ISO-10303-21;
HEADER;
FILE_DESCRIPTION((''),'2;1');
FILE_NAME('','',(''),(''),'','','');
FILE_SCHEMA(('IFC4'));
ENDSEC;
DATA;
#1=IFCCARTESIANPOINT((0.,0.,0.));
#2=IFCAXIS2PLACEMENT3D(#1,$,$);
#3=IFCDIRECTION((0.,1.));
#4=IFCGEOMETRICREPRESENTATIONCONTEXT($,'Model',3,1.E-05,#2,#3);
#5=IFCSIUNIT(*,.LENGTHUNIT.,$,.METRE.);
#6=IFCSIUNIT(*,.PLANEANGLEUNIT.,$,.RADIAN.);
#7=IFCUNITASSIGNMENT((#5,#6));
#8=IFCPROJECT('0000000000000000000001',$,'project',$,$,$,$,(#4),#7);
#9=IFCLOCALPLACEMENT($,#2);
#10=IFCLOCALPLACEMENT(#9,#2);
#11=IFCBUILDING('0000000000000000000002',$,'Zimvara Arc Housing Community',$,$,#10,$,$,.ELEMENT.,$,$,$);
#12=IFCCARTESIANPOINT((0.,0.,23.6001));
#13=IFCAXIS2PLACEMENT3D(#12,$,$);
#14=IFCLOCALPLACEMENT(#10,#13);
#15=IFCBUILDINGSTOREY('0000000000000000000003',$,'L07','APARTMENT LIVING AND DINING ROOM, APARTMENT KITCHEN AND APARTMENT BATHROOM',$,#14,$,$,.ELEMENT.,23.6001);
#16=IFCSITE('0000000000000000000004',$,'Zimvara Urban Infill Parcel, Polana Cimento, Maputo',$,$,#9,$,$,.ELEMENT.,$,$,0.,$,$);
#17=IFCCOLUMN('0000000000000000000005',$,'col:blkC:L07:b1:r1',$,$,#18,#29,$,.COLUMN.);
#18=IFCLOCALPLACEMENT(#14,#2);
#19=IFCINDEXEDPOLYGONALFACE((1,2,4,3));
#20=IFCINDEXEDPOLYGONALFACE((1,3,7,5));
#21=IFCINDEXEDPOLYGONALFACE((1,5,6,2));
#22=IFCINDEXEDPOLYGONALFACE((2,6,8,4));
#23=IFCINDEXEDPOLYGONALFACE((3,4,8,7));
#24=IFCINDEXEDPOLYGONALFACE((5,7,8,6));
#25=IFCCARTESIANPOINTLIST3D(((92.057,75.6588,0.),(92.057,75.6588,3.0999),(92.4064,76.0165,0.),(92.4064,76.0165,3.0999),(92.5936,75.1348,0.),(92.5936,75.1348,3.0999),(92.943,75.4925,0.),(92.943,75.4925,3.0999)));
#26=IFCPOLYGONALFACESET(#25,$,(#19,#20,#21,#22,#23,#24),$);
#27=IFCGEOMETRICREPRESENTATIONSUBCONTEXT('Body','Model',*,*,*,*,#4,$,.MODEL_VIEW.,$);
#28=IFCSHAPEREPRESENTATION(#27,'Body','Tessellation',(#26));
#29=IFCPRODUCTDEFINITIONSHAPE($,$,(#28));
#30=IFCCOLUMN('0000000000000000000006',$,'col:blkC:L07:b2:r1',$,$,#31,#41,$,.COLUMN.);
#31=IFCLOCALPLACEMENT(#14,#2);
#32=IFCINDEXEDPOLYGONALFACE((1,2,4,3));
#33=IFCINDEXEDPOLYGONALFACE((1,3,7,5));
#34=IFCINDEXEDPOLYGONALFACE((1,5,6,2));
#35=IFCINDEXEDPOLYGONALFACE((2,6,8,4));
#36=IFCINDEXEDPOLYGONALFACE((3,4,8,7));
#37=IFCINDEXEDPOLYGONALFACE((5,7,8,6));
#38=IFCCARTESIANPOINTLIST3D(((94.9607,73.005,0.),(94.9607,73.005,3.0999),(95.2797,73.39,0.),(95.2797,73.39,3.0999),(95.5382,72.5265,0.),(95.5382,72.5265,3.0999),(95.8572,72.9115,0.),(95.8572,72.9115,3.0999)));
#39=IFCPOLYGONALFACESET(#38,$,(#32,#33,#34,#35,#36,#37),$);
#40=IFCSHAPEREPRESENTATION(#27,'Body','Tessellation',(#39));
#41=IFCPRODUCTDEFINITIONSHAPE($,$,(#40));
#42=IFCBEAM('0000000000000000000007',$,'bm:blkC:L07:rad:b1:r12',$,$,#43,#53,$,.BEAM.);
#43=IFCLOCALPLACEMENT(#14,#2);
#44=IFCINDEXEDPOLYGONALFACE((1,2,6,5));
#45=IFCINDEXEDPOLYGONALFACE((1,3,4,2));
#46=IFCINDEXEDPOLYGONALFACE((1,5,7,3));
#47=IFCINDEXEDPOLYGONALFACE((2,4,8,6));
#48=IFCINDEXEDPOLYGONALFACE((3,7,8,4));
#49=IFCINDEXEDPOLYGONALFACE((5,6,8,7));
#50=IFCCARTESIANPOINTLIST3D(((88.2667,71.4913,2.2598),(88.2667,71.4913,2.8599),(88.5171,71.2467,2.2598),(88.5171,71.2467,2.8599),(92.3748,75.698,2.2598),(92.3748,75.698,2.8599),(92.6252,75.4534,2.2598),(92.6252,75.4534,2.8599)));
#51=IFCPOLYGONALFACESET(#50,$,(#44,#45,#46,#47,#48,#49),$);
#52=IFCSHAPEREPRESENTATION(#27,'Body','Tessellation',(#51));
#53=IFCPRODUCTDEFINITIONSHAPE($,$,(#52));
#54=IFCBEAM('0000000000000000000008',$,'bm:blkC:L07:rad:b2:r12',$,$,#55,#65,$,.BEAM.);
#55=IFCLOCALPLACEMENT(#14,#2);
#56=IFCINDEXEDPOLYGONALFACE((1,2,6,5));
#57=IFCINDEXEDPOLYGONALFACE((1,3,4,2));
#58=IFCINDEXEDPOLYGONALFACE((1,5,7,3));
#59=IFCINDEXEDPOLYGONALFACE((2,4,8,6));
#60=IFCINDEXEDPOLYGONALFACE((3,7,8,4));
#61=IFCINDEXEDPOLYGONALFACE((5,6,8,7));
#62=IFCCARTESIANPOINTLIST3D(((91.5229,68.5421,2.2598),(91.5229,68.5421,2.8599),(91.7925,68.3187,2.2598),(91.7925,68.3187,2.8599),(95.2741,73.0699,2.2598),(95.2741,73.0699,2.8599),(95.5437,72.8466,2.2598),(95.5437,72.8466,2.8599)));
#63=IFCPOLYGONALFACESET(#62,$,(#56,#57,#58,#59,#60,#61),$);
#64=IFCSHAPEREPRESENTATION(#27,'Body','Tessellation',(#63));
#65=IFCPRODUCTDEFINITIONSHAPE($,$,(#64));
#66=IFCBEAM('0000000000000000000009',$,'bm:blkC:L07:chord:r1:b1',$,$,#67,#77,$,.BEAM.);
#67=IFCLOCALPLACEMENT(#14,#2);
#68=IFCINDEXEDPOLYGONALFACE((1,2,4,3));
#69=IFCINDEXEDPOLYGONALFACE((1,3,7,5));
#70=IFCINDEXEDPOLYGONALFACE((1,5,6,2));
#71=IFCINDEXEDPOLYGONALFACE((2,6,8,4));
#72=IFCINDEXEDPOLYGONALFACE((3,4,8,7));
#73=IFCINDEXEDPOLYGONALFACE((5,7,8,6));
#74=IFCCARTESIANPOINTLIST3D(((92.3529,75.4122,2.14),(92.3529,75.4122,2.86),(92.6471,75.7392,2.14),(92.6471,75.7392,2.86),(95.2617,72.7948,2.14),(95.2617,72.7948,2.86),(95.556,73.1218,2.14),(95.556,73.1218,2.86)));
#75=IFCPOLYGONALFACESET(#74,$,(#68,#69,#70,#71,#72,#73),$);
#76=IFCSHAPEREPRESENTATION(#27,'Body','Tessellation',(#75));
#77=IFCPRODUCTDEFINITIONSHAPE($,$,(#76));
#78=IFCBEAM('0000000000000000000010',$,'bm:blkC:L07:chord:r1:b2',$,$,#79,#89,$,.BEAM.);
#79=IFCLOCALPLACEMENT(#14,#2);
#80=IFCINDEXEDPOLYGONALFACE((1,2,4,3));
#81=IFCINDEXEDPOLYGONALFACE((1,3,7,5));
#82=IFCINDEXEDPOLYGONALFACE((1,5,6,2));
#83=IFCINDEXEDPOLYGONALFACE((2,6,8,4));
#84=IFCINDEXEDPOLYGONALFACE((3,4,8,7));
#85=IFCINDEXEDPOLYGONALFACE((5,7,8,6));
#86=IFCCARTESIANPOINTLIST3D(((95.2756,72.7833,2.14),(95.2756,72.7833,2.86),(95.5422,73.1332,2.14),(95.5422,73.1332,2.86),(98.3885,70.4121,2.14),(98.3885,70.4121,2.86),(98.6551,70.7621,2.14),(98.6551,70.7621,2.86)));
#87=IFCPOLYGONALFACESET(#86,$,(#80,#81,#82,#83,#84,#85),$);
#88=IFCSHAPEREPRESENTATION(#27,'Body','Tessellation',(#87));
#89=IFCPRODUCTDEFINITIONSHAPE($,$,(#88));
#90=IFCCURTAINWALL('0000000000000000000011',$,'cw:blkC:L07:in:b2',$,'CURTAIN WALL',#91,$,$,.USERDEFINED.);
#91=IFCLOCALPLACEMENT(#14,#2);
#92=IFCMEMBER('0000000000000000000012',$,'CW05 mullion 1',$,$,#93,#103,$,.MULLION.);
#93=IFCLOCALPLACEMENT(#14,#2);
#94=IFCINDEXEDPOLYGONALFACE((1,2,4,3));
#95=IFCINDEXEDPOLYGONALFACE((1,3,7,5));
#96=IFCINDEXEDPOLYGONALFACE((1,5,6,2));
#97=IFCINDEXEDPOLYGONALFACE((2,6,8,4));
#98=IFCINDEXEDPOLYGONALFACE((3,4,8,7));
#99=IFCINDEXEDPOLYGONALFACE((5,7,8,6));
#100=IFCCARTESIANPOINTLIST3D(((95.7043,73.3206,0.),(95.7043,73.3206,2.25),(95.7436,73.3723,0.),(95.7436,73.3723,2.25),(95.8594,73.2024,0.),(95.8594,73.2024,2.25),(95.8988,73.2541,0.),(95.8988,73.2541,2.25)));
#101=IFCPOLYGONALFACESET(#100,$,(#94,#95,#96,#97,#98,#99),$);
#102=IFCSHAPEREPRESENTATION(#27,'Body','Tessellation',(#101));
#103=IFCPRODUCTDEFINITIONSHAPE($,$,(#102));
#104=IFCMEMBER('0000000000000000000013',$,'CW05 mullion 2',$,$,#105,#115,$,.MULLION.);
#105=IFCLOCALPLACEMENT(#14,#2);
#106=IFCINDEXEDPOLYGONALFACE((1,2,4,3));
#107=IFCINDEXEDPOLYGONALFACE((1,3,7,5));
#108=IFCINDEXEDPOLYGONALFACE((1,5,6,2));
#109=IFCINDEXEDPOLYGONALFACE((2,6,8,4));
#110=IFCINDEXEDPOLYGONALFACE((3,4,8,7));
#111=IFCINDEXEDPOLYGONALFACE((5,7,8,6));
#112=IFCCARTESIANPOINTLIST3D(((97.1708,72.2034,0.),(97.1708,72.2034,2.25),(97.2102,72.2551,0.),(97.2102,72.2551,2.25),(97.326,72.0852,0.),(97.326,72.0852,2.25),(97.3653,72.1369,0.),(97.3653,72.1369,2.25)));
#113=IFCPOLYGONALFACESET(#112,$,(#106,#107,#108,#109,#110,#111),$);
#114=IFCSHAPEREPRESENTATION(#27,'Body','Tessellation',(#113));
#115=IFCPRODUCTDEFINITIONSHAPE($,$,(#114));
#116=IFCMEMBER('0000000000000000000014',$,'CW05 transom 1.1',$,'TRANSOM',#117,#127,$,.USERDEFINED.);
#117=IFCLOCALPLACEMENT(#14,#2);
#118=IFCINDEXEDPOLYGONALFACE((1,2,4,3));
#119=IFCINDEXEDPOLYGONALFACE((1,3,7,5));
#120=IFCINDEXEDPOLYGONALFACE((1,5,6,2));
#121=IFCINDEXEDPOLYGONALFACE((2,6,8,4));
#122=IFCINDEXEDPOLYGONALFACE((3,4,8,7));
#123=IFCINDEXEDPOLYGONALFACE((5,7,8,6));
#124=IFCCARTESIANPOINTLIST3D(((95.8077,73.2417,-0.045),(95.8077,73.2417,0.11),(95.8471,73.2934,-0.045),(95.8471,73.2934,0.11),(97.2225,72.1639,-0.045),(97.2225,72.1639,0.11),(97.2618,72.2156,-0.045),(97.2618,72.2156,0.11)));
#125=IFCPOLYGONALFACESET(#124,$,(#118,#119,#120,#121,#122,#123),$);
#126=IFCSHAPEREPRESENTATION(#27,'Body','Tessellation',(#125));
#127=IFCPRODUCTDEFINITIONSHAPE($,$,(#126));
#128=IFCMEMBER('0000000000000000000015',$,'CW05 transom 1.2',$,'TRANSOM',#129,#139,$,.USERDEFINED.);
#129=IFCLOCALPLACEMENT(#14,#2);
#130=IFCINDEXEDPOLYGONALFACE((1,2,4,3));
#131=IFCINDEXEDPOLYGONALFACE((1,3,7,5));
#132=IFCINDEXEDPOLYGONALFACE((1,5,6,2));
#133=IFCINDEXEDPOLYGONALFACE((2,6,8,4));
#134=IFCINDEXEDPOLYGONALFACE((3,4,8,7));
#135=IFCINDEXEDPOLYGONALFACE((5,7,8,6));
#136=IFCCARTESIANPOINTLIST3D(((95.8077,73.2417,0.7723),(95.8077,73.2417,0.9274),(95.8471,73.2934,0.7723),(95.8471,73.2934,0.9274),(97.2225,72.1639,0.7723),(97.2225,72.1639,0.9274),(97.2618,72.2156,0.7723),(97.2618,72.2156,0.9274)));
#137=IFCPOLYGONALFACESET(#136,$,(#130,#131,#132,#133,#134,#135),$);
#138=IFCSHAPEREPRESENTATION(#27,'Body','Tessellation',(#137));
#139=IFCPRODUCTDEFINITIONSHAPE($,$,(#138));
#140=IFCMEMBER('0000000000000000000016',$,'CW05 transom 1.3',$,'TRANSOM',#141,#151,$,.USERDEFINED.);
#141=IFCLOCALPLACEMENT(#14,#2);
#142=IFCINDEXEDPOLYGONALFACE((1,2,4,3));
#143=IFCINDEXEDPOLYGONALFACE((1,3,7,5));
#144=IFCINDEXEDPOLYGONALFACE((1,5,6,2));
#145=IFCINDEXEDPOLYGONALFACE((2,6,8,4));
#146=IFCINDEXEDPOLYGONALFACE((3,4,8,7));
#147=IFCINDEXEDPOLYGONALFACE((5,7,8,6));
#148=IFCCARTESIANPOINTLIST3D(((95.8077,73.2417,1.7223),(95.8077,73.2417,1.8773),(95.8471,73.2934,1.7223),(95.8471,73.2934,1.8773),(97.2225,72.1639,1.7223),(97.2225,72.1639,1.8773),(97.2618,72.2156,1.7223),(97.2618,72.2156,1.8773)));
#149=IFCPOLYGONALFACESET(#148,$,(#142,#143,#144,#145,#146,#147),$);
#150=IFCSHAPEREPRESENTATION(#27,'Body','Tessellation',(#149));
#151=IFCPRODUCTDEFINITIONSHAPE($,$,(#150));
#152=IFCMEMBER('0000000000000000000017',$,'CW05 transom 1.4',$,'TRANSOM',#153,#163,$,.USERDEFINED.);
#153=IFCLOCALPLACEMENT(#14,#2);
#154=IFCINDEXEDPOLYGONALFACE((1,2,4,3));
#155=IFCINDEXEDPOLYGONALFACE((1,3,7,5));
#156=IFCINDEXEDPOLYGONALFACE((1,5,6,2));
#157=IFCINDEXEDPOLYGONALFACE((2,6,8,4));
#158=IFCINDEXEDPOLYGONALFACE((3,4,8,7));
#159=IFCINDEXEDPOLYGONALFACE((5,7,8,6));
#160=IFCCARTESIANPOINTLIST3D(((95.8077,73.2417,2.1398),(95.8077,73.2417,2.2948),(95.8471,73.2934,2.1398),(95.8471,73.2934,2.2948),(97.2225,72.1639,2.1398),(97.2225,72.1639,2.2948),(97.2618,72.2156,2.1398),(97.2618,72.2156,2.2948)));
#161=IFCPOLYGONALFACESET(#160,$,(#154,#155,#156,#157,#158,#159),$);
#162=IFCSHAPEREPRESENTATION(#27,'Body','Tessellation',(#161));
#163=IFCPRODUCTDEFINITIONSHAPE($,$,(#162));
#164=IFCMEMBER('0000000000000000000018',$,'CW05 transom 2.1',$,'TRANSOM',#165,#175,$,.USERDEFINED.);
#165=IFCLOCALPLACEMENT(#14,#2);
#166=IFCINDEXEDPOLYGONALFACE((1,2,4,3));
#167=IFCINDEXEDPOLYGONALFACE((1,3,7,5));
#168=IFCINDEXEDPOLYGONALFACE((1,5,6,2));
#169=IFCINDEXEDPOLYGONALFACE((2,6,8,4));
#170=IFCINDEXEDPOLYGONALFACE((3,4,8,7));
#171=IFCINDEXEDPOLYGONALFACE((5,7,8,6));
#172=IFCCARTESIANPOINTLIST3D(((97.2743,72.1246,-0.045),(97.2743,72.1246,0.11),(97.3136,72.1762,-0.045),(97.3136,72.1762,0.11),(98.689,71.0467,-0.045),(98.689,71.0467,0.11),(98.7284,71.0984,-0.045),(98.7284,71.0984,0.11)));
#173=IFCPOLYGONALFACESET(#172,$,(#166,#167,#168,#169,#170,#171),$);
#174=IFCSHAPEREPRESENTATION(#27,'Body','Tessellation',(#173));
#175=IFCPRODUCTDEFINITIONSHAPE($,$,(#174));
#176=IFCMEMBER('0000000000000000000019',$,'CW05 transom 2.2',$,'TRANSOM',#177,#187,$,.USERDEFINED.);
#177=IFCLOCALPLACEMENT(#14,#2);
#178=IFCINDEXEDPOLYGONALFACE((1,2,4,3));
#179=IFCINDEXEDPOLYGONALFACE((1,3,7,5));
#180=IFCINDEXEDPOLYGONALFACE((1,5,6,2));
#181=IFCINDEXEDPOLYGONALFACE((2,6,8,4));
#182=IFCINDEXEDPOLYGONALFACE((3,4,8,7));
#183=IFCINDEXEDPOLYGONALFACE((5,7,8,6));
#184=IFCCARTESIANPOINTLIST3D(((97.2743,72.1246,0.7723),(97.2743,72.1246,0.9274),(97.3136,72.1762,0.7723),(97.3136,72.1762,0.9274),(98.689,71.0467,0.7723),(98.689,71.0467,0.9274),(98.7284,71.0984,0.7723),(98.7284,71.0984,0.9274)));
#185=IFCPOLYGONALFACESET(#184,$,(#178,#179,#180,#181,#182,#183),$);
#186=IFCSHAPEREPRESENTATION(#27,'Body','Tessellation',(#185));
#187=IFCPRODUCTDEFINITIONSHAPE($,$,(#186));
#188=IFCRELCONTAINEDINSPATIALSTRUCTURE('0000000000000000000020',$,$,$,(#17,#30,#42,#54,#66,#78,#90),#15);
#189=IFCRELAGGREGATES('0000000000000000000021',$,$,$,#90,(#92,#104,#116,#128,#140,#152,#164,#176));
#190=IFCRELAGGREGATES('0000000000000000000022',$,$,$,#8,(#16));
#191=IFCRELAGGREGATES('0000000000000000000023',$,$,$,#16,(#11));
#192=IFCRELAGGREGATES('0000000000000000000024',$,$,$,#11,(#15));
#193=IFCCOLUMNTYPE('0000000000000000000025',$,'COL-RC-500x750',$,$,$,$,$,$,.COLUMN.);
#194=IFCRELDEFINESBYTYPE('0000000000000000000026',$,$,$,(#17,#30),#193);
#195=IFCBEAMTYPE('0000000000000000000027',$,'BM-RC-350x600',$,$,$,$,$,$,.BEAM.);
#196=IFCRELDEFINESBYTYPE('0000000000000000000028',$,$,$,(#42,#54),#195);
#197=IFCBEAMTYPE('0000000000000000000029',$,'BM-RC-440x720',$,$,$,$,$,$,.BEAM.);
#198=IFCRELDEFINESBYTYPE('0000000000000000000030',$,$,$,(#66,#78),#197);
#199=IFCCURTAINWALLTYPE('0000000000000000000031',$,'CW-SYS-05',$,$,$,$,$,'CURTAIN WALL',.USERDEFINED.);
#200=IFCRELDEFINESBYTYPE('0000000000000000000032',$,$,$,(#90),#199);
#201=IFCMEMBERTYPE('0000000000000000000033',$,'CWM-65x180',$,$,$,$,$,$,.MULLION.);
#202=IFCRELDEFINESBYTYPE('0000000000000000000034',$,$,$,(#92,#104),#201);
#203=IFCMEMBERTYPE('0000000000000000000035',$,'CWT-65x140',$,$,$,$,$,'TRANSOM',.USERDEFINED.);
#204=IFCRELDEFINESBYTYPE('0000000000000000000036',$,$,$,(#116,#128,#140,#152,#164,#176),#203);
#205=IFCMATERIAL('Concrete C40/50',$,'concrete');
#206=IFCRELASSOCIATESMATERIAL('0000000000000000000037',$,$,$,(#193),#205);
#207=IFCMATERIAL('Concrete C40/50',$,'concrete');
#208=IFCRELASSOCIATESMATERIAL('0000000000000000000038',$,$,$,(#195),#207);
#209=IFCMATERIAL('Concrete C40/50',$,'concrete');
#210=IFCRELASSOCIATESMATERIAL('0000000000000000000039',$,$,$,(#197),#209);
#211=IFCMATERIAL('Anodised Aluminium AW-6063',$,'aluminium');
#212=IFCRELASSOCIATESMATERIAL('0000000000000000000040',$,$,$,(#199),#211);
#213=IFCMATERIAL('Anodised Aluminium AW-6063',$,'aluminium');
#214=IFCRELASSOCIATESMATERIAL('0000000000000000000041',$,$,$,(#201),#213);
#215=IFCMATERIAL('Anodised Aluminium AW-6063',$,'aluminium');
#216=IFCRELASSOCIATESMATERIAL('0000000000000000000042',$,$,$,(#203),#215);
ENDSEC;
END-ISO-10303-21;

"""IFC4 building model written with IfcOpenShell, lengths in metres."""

from ifc_helpers import new_model, si_unit, direction, frame, origin, origin_2d, place, context, subcontext, project, spatial, rectangle, extrude, material, material_profile, profile_set, type_object, element, aggregate, save


model = new_model("IFC4")

# Units and contexts
model_context = context("Model", 3, precision=1e-05, world=origin(), true_north=direction((0.0, 1.0)))
body_context = subcontext(model_context, "Body", "Model", "MODEL_VIEW")
ifc_project = project(units=[si_unit("LENGTHUNIT", "METRE"), si_unit("PLANEANGLEUNIT", "RADIAN")], contexts=[model_context])

# Site, building, storey
site_placement = place(None, origin())
site = spatial("IfcSite", under=ifc_project, at=site_placement, Name="Zimvara Urban Infill Parcel, Polana Cimento, Maputo", CompositionType="ELEMENT", RefElevation=0.0)
building_placement = place(site_placement, origin())
building = spatial("IfcBuilding", under=site, at=building_placement, Name="Zimvara Arc Housing Community", CompositionType="ELEMENT")
storey_placement = place(building_placement, frame((0.0, 0.0, 23.6001)))
storey = spatial("IfcBuildingStorey", under=building, at=storey_placement, Name="L07", Description="APARTMENT LIVING AND DINING ROOM, APARTMENT KITCHEN AND APARTMENT BATHROOM", CompositionType="ELEMENT", Elevation=23.6001)

# Columns
ifc_material_1 = material(Name="Concrete C40/50", Category="concrete")
ifc_material_profile_1 = material_profile(ifc_material_1, rectangle(XDim=0.5, YDim=0.75, at=origin_2d()), Name="RC 500x750")
ifc_profile_set_1 = profile_set([ifc_material_profile_1], Name="Concrete C40/50")
column_type = type_object("IfcColumnType", Name="COL-RC-500x750", PredefinedType="COLUMN", material=ifc_profile_set_1)
for number, where, z_axis, x_axis, name in (
    (1, (92.5, 75.5757, 0.0), (0.0, 0.0, 1.0), (-0.698665, -0.715449, 0.0), "col:blkC:L07:b1:r1"),
    (2, (95.4089, 72.9583, 0.0), (0.0, 0.0, 1.0), (-0.637962, -0.770068, 0.0), "col:blkC:L07:b2:r1"),
):
    element("IfcColumn", number, at=place(storey_placement, frame(where, z_axis=z_axis, x_axis=x_axis)), inside=storey, type_object=column_type, Name=name, PredefinedType="COLUMN", context=body_context, shape_type="SweptSolid", body=[
        extrude(rectangle(XDim=0.5, YDim=0.75, at=origin_2d()), origin(), (0.0, 0.0, 1.0), 3.0999),
    ])

# Beams
ifc_material_2 = material(Name="Concrete C40/50", Category="concrete")
ifc_material_profile_2 = material_profile(ifc_material_2, rectangle(XDim=0.3501, YDim=0.6001, at=origin_2d()), Name="RC 350x600")
ifc_profile_set_2 = profile_set([ifc_material_profile_2], Name="Concrete C40/50")
beam_type_1 = type_object("IfcBeamType", Name="BM-RC-350x600", PredefinedType="BEAM", material=ifc_profile_set_2)
for number, where, z_axis, x_axis, name in (
    (3, (92.5, 75.5757, 2.5598), (-0.69867, -0.715444, 0.0), (0.715444, -0.69867, 0.0), "bm:blkC:L07:rad:b1:r12"),
    (4, (95.4089, 72.9583, 2.5598), (-0.637976, -0.770056, 0.0), (0.770056, -0.637976, 0.0), "bm:blkC:L07:rad:b2:r12"),
):
    element("IfcBeam", number, at=place(storey_placement, frame(where, z_axis=z_axis, x_axis=x_axis)), inside=storey, type_object=beam_type_1, Name=name, PredefinedType="BEAM", context=body_context, shape_type="SweptSolid", body=[
        extrude(rectangle(XDim=0.3501, YDim=0.6001, at=origin_2d()), origin(), (0.0, 0.0, 1.0), 5.8799),
    ])
ifc_material_3 = material(Name="Concrete C40/50", Category="concrete")
ifc_material_profile_3 = material_profile(ifc_material_3, rectangle(XDim=0.4399, YDim=0.72, at=origin_2d()), Name="RC 440x720")
ifc_profile_set_3 = profile_set([ifc_material_profile_3], Name="Concrete C40/50")
beam_type_2 = type_object("IfcBeamType", Name="BM-RC-440x720", PredefinedType="BEAM", material=ifc_profile_set_3)
for number, where, z_axis, x_axis, name in (
    (5, (92.5, 75.5757, 2.5), (0.743372, -0.668879, 0.0), (0.668879, 0.743372, 0.0), "bm:blkC:L07:chord:r1:b1"),
    (6, (95.4089, 72.9583, 2.5), (0.7955, -0.605953, 0.0), (0.605953, 0.7955, 0.0), "bm:blkC:L07:chord:r1:b2"),
):
    element("IfcBeam", number, at=place(storey_placement, frame(where, z_axis=z_axis, x_axis=x_axis)), inside=storey, type_object=beam_type_2, Name=name, PredefinedType="BEAM", context=body_context, shape_type="SweptSolid", body=[
        extrude(rectangle(XDim=0.4399, YDim=0.72, at=origin_2d()), origin(), (0.0, 0.0, 1.0), 3.9131),
    ])

# Curtain wall, members
ifc_material_4 = material(Name="Anodised Aluminium AW-6063", Category="aluminium")
curtain_wall_type = type_object("IfcCurtainWallType", Name="CW-SYS-05", ElementType="CURTAIN WALL", PredefinedType="USERDEFINED", material=ifc_material_4)
curtain_wall_placement = place(storey_placement, origin())
curtain_wall = element("IfcCurtainWall", 7, at=curtain_wall_placement, inside=storey, type_object=curtain_wall_type, Name="cw:blkC:L07:in:b2", ObjectType="CURTAIN WALL", PredefinedType="USERDEFINED")
ifc_material_5 = material(Name="Anodised Aluminium AW-6063", Category="aluminium")
ifc_material_profile_4 = material_profile(ifc_material_5, rectangle(XDim=0.0649, YDim=0.1951, at=origin_2d()), Name="ALU 65x195")
ifc_profile_set_4 = profile_set([ifc_material_profile_4], Name="Anodised Aluminium AW-6063")
member_type_1 = type_object("IfcMemberType", Name="CWM-65x180", PredefinedType="MULLION", material=ifc_profile_set_4)
member_1_placement = place(storey_placement, frame((95.8015, 73.2874, 0.0), z_axis=(0.0, 0.0, 1.0), x_axis=(0.605988, 0.795474, 0.0)))
member_1 = element("IfcMember", 8, at=member_1_placement, type_object=member_type_1, Name="CW05 mullion 1", PredefinedType="MULLION", context=body_context, shape_type="SweptSolid", body=[
    extrude(rectangle(XDim=0.0649, YDim=0.1951, at=origin_2d()), origin(), (0.0, 0.0, 1.0), 2.25),
])
member_2_placement = place(storey_placement, frame((97.2681, 72.1702, 0.0), z_axis=(0.0, 0.0, 1.0), x_axis=(0.605988, 0.795474, 0.0)))
member_2 = element("IfcMember", 9, at=member_2_placement, type_object=member_type_1, Name="CW05 mullion 2", PredefinedType="MULLION", context=body_context, shape_type="SweptSolid", body=[
    extrude(rectangle(XDim=0.0649, YDim=0.1951, at=origin_2d()), origin(), (0.0, 0.0, 1.0), 2.25),
])
ifc_material_6 = material(Name="Anodised Aluminium AW-6063", Category="aluminium")
ifc_material_profile_5 = material_profile(ifc_material_6, rectangle(XDim=0.0649, YDim=0.155, at=origin_2d()), Name="ALU 65x155")
ifc_profile_set_5 = profile_set([ifc_material_profile_5], Name="Anodised Aluminium AW-6063")
member_type_2 = type_object("IfcMemberType", Name="CWT-65x140", ElementType="TRANSOM", PredefinedType="USERDEFINED", material=ifc_profile_set_5)
member_3_placement = place(storey_placement, frame((95.8274, 73.2676, 0.0325), z_axis=(0.795447, -0.606023, 0.0), x_axis=(0.606023, 0.795447, 0.0)))
member_3 = element("IfcMember", 10, at=member_3_placement, type_object=member_type_2, Name="CW05 transom 1.1", ObjectType="TRANSOM", PredefinedType="USERDEFINED", context=body_context, shape_type="SweptSolid", body=[
    extrude(rectangle(XDim=0.0649, YDim=0.155, at=origin_2d()), origin(), (0.0, 0.0, 1.0), 1.7786),
])
member_4_placement = place(storey_placement, frame((95.8274, 73.2676, 0.8499), z_axis=(0.795447, -0.606023, 0.0), x_axis=(0.606023, 0.795447, 0.0)))
member_4 = element("IfcMember", 11, at=member_4_placement, type_object=member_type_2, Name="CW05 transom 1.2", ObjectType="TRANSOM", PredefinedType="USERDEFINED", context=body_context, shape_type="SweptSolid", body=[
    extrude(rectangle(XDim=0.0649, YDim=0.155, at=origin_2d()), origin(), (0.0, 0.0, 1.0), 1.7786),
])
member_5_placement = place(storey_placement, frame((95.8274, 73.2676, 1.7998), z_axis=(0.795447, -0.606023, 0.0), x_axis=(0.606023, 0.795447, 0.0)))
member_5 = element("IfcMember", 12, at=member_5_placement, type_object=member_type_2, Name="CW05 transom 1.3", ObjectType="TRANSOM", PredefinedType="USERDEFINED", context=body_context, shape_type="SweptSolid", body=[
    extrude(rectangle(XDim=0.0649, YDim=0.155, at=origin_2d()), origin(), (0.0, 0.0, 1.0), 1.7786),
])
member_6_placement = place(storey_placement, frame((95.8274, 73.2676, 2.2173), z_axis=(0.795447, -0.606023, 0.0), x_axis=(0.606023, 0.795447, 0.0)))
member_6 = element("IfcMember", 13, at=member_6_placement, type_object=member_type_2, Name="CW05 transom 1.4", ObjectType="TRANSOM", PredefinedType="USERDEFINED", context=body_context, shape_type="SweptSolid", body=[
    extrude(rectangle(XDim=0.0649, YDim=0.155, at=origin_2d()), origin(), (0.0, 0.0, 1.0), 1.7786),
])
member_7_placement = place(storey_placement, frame((97.2939, 72.1504, 0.0325), z_axis=(0.795447, -0.606023, 0.0), x_axis=(0.606023, 0.795447, 0.0)))
member_7 = element("IfcMember", 14, at=member_7_placement, type_object=member_type_2, Name="CW05 transom 2.1", ObjectType="TRANSOM", PredefinedType="USERDEFINED", context=body_context, shape_type="SweptSolid", body=[
    extrude(rectangle(XDim=0.0649, YDim=0.155, at=origin_2d()), origin(), (0.0, 0.0, 1.0), 1.7786),
])
member_8_placement = place(storey_placement, frame((97.2939, 72.1504, 0.8499), z_axis=(0.795447, -0.606023, 0.0), x_axis=(0.606023, 0.795447, 0.0)))
member_8 = element("IfcMember", 15, at=member_8_placement, type_object=member_type_2, Name="CW05 transom 2.2", ObjectType="TRANSOM", PredefinedType="USERDEFINED", context=body_context, shape_type="SweptSolid", body=[
    extrude(rectangle(XDim=0.0649, YDim=0.155, at=origin_2d()), origin(), (0.0, 0.0, 1.0), 1.7786),
])
aggregate(curtain_wall, [member_1, member_2, member_3, member_4, member_5, member_6, member_7, member_8])

save(model, "model.ifc")
